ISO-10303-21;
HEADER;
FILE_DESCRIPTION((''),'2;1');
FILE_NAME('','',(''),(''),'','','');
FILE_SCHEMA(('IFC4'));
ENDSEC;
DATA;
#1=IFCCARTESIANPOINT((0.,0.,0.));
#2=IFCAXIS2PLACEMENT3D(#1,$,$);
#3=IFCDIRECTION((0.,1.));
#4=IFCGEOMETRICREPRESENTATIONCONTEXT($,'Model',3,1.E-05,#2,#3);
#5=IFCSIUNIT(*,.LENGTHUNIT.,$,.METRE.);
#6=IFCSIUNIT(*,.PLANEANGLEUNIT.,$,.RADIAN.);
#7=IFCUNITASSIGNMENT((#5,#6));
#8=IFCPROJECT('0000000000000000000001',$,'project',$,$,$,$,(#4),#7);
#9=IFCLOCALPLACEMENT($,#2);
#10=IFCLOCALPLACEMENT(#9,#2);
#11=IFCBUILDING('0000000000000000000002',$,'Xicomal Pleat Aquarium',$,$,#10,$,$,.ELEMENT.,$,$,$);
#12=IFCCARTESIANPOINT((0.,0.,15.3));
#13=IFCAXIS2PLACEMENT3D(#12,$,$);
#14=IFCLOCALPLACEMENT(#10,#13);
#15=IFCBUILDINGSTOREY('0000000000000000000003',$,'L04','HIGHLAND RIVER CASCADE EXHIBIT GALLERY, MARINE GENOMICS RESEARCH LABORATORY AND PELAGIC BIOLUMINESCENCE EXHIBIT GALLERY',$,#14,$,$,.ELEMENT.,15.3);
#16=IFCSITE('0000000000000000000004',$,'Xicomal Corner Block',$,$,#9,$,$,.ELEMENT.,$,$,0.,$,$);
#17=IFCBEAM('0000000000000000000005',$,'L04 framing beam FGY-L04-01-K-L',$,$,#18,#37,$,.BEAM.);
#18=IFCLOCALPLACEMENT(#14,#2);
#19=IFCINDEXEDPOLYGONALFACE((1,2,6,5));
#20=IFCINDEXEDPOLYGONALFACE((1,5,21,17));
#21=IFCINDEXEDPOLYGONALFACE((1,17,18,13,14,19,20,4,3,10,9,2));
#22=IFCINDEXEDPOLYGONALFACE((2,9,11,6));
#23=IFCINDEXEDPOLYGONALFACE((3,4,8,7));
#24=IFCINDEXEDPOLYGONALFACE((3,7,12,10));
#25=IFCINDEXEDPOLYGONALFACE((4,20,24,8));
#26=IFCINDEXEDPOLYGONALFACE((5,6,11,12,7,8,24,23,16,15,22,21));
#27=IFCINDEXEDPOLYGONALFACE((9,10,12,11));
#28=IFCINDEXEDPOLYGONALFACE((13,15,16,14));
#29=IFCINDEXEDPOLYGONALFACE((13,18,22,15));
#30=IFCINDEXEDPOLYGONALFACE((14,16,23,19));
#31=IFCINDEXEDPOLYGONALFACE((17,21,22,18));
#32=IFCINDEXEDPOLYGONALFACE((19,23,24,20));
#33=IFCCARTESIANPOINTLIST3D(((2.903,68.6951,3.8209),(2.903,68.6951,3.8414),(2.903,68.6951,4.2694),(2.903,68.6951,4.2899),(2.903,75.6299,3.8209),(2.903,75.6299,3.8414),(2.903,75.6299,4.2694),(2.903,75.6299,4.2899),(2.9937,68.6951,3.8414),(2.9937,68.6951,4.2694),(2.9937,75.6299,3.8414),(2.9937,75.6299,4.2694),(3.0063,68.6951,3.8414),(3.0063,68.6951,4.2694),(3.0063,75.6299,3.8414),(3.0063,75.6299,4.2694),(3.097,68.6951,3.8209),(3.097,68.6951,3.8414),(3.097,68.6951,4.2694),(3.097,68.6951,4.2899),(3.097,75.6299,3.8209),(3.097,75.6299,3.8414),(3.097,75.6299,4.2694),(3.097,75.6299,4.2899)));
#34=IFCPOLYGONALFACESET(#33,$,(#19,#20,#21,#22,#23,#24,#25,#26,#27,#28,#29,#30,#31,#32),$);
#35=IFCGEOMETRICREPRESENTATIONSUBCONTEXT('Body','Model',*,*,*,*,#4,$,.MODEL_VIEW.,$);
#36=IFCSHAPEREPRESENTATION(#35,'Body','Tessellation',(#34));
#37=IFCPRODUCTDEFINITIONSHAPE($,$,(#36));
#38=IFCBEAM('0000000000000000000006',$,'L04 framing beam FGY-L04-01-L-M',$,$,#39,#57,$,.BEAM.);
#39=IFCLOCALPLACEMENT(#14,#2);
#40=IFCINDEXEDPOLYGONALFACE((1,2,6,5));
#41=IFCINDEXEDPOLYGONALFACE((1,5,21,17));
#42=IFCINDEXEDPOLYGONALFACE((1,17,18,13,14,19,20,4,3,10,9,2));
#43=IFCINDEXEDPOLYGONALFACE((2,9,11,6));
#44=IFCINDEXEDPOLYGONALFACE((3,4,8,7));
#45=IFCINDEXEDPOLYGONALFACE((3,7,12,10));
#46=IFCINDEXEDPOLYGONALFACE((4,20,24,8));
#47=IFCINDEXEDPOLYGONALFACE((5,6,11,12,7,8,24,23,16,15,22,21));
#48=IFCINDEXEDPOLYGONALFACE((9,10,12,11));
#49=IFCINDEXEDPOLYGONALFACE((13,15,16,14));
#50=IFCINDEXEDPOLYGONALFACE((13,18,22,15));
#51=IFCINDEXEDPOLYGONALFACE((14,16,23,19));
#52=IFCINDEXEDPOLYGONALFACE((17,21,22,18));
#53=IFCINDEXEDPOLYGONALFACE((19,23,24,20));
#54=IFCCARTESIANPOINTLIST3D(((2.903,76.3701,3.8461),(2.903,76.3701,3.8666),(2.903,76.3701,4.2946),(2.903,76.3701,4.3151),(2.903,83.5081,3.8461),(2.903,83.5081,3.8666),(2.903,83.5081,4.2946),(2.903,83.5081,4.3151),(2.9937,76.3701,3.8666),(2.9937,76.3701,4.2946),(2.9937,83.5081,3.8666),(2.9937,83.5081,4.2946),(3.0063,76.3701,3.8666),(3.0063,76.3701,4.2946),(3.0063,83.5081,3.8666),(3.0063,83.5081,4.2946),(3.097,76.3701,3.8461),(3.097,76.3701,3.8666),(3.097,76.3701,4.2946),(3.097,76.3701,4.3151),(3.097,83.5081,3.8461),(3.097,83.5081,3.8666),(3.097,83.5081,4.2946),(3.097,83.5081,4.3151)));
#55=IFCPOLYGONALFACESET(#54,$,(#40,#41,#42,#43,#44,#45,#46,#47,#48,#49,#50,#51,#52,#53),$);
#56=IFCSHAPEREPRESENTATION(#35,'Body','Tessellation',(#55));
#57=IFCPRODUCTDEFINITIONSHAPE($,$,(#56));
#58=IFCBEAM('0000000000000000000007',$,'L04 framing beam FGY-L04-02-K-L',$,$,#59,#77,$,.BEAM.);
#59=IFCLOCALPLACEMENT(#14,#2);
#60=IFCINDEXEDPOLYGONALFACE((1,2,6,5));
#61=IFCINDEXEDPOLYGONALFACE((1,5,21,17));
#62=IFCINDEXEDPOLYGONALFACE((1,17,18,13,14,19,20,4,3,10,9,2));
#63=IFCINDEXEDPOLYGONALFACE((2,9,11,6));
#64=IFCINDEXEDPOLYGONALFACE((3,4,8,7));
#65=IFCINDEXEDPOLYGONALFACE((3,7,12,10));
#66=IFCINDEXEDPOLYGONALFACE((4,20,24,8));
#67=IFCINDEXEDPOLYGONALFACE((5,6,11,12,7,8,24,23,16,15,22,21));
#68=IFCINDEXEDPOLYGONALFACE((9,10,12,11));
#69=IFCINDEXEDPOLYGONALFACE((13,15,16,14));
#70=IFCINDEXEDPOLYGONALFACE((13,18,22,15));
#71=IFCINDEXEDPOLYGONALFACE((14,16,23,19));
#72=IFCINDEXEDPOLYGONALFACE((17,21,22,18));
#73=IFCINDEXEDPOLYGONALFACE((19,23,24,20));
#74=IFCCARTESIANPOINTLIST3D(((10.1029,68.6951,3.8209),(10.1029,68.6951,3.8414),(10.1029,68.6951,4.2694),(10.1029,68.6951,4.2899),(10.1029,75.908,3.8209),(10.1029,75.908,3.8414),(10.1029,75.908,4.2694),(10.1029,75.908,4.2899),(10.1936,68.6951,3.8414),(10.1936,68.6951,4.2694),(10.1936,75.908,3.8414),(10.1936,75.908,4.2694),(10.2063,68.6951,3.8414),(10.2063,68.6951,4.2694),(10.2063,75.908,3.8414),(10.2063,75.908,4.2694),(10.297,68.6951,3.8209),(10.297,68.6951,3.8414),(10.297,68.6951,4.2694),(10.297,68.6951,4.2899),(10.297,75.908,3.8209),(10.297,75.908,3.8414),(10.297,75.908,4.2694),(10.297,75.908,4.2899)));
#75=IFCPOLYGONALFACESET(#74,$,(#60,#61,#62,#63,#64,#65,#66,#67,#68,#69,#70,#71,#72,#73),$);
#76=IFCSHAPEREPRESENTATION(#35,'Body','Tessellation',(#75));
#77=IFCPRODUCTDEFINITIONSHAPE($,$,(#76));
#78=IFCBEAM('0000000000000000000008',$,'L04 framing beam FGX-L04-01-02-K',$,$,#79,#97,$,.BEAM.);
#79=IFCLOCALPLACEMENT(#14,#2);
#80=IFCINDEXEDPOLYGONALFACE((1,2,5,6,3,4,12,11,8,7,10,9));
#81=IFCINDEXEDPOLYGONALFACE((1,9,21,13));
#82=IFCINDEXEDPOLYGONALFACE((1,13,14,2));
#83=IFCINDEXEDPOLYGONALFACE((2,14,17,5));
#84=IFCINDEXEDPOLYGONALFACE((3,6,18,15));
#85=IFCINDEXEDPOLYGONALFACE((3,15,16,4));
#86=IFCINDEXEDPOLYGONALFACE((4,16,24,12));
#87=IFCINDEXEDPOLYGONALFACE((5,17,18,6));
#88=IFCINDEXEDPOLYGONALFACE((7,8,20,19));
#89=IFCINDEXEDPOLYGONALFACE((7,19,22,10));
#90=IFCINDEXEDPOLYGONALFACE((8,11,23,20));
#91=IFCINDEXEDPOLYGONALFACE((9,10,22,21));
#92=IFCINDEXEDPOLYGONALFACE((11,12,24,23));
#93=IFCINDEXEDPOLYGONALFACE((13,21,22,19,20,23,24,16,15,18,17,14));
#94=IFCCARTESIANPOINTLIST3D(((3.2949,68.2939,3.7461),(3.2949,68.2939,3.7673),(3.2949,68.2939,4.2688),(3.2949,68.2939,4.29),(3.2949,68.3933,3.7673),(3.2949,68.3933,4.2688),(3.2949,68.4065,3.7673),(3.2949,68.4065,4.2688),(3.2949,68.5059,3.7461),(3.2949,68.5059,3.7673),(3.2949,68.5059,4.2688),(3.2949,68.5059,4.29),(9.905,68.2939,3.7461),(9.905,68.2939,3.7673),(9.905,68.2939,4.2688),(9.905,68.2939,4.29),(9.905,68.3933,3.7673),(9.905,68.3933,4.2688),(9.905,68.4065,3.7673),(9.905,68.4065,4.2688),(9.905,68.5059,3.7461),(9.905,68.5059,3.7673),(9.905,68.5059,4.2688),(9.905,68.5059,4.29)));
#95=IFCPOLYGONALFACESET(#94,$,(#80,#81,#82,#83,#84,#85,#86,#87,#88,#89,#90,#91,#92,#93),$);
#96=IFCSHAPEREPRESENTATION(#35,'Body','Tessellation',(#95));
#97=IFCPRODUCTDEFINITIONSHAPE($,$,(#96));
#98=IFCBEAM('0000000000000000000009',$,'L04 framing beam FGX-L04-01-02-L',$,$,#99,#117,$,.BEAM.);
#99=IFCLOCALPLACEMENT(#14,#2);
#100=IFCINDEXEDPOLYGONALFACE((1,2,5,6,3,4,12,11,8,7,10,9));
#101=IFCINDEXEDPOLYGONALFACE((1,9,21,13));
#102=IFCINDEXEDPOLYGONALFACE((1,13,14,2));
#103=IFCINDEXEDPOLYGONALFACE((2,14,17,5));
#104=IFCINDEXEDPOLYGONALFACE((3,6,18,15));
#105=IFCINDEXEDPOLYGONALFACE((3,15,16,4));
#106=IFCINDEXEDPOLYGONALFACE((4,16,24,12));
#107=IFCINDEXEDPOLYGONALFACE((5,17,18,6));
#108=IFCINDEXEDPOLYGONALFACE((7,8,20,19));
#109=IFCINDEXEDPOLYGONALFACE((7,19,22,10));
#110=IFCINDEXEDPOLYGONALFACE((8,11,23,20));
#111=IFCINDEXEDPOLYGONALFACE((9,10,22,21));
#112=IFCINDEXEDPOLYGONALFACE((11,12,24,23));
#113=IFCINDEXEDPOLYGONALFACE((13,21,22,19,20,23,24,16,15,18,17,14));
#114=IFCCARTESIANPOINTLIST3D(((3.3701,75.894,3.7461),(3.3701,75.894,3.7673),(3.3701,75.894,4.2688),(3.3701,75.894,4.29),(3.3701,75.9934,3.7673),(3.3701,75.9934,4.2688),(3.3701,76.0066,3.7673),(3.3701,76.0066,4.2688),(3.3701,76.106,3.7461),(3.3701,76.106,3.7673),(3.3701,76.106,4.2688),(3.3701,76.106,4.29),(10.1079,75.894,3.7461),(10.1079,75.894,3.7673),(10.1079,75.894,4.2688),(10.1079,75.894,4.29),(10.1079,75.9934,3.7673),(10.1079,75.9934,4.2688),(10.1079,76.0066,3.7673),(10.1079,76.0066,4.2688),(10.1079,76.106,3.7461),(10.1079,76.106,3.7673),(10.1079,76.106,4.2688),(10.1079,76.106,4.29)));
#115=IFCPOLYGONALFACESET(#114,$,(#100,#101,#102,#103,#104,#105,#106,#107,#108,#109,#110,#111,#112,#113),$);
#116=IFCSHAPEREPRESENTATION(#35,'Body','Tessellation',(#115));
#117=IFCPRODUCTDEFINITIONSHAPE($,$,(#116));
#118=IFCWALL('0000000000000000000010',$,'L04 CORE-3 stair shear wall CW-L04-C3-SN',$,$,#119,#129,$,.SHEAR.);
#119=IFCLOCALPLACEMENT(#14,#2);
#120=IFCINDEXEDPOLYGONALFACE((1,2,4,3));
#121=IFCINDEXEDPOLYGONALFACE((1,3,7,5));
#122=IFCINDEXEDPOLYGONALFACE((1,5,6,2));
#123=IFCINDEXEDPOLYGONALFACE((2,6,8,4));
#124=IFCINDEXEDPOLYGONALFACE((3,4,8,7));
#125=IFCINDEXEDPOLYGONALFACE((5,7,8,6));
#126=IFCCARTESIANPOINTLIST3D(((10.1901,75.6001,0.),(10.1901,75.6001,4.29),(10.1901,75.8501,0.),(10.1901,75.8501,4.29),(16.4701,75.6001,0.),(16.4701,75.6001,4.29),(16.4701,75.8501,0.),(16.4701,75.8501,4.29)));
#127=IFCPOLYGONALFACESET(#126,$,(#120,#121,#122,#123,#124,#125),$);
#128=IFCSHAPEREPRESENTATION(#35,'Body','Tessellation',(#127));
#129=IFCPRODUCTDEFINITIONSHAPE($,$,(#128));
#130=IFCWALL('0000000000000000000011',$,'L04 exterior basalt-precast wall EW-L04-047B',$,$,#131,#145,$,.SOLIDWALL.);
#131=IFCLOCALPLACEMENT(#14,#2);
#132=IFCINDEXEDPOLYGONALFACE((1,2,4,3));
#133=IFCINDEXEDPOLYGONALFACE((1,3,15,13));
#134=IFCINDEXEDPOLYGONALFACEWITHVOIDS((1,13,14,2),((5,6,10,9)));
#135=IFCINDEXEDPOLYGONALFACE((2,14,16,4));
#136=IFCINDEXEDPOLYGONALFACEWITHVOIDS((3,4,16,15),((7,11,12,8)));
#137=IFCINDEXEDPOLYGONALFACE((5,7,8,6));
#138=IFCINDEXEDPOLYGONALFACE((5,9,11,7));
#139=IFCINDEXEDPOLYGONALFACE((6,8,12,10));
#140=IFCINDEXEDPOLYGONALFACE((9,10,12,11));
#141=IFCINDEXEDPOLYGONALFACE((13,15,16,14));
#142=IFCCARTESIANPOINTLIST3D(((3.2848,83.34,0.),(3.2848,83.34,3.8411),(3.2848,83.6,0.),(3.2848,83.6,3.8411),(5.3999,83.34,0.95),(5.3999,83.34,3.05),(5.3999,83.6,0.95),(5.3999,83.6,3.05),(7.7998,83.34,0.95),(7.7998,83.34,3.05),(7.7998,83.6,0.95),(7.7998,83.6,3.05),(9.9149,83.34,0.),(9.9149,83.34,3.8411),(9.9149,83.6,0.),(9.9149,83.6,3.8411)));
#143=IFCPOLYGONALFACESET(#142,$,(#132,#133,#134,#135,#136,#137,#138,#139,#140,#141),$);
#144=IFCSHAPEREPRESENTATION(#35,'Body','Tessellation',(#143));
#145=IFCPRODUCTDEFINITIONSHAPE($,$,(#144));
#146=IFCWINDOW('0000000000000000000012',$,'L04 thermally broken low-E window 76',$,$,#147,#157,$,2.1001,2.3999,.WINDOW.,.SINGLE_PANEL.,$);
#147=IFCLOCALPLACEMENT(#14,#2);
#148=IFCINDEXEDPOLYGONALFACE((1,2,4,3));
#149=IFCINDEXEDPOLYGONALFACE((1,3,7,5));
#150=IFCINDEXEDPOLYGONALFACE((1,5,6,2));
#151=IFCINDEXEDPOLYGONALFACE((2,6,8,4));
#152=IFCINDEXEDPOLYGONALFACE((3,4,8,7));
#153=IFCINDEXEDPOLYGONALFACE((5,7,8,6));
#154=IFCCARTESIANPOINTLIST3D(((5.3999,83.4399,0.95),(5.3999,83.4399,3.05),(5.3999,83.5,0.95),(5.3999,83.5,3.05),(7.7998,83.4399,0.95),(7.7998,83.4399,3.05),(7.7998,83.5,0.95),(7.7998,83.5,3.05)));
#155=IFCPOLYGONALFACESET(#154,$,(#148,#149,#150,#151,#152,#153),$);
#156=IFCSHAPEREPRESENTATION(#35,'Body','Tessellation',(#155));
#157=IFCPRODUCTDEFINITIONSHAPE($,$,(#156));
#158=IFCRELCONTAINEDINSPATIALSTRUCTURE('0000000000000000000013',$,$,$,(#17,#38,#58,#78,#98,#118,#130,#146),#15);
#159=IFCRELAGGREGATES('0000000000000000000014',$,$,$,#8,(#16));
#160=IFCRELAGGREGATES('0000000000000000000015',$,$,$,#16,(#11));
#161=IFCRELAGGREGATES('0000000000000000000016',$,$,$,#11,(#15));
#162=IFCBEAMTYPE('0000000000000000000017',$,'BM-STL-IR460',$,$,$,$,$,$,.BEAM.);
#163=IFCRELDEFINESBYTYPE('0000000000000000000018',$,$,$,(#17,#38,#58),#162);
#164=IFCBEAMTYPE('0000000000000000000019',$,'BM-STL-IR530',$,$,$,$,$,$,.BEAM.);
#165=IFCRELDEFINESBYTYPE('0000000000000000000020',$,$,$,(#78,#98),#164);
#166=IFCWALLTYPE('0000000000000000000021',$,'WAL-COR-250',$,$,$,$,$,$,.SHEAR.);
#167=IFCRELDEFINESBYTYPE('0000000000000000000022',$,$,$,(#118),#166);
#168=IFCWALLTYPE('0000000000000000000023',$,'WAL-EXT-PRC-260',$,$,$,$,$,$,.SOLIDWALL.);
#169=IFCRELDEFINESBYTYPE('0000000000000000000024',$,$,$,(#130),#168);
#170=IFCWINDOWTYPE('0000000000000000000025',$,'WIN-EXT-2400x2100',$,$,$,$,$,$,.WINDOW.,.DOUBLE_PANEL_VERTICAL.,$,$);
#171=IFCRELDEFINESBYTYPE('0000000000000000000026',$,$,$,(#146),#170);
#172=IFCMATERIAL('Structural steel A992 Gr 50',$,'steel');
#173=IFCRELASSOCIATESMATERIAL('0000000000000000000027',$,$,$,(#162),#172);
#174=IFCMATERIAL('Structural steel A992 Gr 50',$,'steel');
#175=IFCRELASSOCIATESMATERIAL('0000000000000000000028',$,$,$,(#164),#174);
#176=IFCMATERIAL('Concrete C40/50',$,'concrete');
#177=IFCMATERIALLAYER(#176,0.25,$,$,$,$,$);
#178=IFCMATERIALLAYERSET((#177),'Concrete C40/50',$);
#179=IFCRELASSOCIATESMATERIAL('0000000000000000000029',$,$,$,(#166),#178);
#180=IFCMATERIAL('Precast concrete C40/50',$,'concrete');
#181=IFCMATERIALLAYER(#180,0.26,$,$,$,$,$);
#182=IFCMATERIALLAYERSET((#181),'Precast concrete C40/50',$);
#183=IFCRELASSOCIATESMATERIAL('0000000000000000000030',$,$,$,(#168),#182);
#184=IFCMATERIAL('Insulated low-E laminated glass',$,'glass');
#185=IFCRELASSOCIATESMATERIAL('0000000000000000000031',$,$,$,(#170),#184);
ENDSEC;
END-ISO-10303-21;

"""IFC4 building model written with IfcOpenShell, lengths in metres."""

from ifc_helpers import new_model, si_unit, direction, frame, frame_2d, origin, origin_2d, place, context, subcontext, project, spatial, rectangle, i_section, extrude, material, layer, layer_set, material_profile, profile_set, type_object, element, fill, save


model = new_model("IFC4")

# Units and contexts
model_context = context("Model", 3, precision=1e-05, world=origin(), true_north=direction((0.0, 1.0)))
body_context = subcontext(model_context, "Body", "Model", "MODEL_VIEW")
ifc_project = project(units=[si_unit("LENGTHUNIT", "METRE"), si_unit("PLANEANGLEUNIT", "RADIAN")], contexts=[model_context])

# Site, building, storey
site_placement = place(None, origin())
site = spatial("IfcSite", under=ifc_project, at=site_placement, Name="Xicomal Corner Block", CompositionType="ELEMENT", RefElevation=0.0)
building_placement = place(site_placement, origin())
building = spatial("IfcBuilding", under=site, at=building_placement, Name="Xicomal Pleat Aquarium", CompositionType="ELEMENT")
storey_placement = place(building_placement, frame((0.0, 0.0, 15.3)))
storey = spatial("IfcBuildingStorey", under=building, at=storey_placement, Name="L04", Description="HIGHLAND RIVER CASCADE EXHIBIT GALLERY, MARINE GENOMICS RESEARCH LABORATORY AND PELAGIC BIOLUMINESCENCE EXHIBIT GALLERY", CompositionType="ELEMENT", Elevation=15.3)

# Beams
ifc_material_1 = material(Name="Structural steel A992 Gr 50", Category="steel")
ifc_material_profile_1 = material_profile(ifc_material_1, i_section(OverallWidth=0.1941, OverallDepth=0.469, WebThickness=0.0127, FlangeThickness=0.0205, at=origin_2d()), Name="IR 460x106")
ifc_profile_set_1 = profile_set([ifc_material_profile_1], Name="Structural steel A992 Gr 50")
beam_type_1 = type_object("IfcBeamType", Name="BM-STL-IR460", PredefinedType="BEAM", material=ifc_profile_set_1)
beam_1_placement = place(storey_placement, frame((3.0, 68.6951, 4.0554), z_axis=(0.0, 1.0, 0.0), x_axis=(-1.0, 0.0, 0.0)))
element("IfcBeam", 1, at=beam_1_placement, inside=storey, type_object=beam_type_1, Name="L04 framing beam FGY-L04-01-K-L", PredefinedType="BEAM", context=body_context, shape_type="SweptSolid", body=[
    extrude(i_section(OverallWidth=0.1941, OverallDepth=0.469, WebThickness=0.0127, FlangeThickness=0.0205, at=origin_2d()), origin(), (0.0, 0.0, 1.0), 6.9348),
])
beam_2_placement = place(storey_placement, frame((3.0, 76.3701, 4.0806), z_axis=(0.0, 1.0, 0.0), x_axis=(-1.0, 0.0, 0.0)))
element("IfcBeam", 2, at=beam_2_placement, inside=storey, type_object=beam_type_1, Name="L04 framing beam FGY-L04-01-L-M", PredefinedType="BEAM", context=body_context, shape_type="SweptSolid", body=[
    extrude(i_section(OverallWidth=0.1941, OverallDepth=0.469, WebThickness=0.0127, FlangeThickness=0.0205, at=origin_2d()), origin(), (0.0, 0.0, 1.0), 7.1379),
])
beam_3_placement = place(storey_placement, frame((10.2, 68.6951, 4.0554), z_axis=(0.0, 1.0, 0.0), x_axis=(-1.0, 0.0, 0.0)))
element("IfcBeam", 3, at=beam_3_placement, inside=storey, type_object=beam_type_1, Name="L04 framing beam FGY-L04-02-K-L", PredefinedType="BEAM", context=body_context, shape_type="SweptSolid", body=[
    extrude(i_section(OverallWidth=0.1941, OverallDepth=0.469, WebThickness=0.0127, FlangeThickness=0.0205, at=origin_2d()), origin(), (0.0, 0.0, 1.0), 7.2129),
])
ifc_material_2 = material(Name="Structural steel A992 Gr 50", Category="steel")
ifc_material_profile_2 = material_profile(ifc_material_2, i_section(OverallWidth=0.2119, OverallDepth=0.5439, WebThickness=0.0132, FlangeThickness=0.0212, at=origin_2d()), Name="IR 530x123")
ifc_profile_set_2 = profile_set([ifc_material_profile_2], Name="Structural steel A992 Gr 50")
beam_type_2 = type_object("IfcBeamType", Name="BM-STL-IR530", PredefinedType="BEAM", material=ifc_profile_set_2)
beam_4_placement = place(storey_placement, frame((3.2949, 68.3999, 4.0181), z_axis=(1.0, 0.0, 0.0), x_axis=(0.0, 1.0, 0.0)))
element("IfcBeam", 4, at=beam_4_placement, inside=storey, type_object=beam_type_2, Name="L04 framing beam FGX-L04-01-02-K", PredefinedType="BEAM", context=body_context, shape_type="SweptSolid", body=[
    extrude(i_section(OverallWidth=0.2119, OverallDepth=0.5439, WebThickness=0.0132, FlangeThickness=0.0212, at=origin_2d()), origin(), (0.0, 0.0, 1.0), 6.6101),
])
beam_5_placement = place(storey_placement, frame((3.3701, 76.0, 4.0181), z_axis=(1.0, 0.0, 0.0), x_axis=(0.0, 1.0, 0.0)))
element("IfcBeam", 5, at=beam_5_placement, inside=storey, type_object=beam_type_2, Name="L04 framing beam FGX-L04-01-02-L", PredefinedType="BEAM", context=body_context, shape_type="SweptSolid", body=[
    extrude(i_section(OverallWidth=0.2119, OverallDepth=0.5439, WebThickness=0.0132, FlangeThickness=0.0212, at=origin_2d()), origin(), (0.0, 0.0, 1.0), 6.7378),
])

# Wall
ifc_material_3 = material(Name="Concrete C40/50", Category="concrete")
ifc_layer_1 = layer(ifc_material_3, 0.25)
ifc_layer_set_1 = layer_set([ifc_layer_1], Name="Concrete C40/50")
wall_type_1 = type_object("IfcWallType", Name="WAL-COR-250", PredefinedType="SHEAR", material=ifc_layer_set_1)
wall_1_placement = place(storey_placement, frame((10.1899, 75.7251, 0.0), z_axis=(0.0, 0.0, 1.0), x_axis=(1.0, 0.0, 0.0)))
element("IfcWall", 6, at=wall_1_placement, inside=storey, type_object=wall_type_1, Name="L04 CORE-3 stair shear wall CW-L04-C3-SN", PredefinedType="SHEAR", context=body_context, shape_type="SweptSolid", body=[
    extrude(rectangle(XDim=6.28, YDim=0.25, at=frame_2d((3.1401, 0.0))), origin(), (0.0, 0.0, 1.0), 4.29),
])

# Wall, opening, window
ifc_material_4 = material(Name="Precast concrete C40/50", Category="concrete")
ifc_layer_2 = layer(ifc_material_4, 0.26)
ifc_layer_set_2 = layer_set([ifc_layer_2], Name="Precast concrete C40/50")
wall_type_2 = type_object("IfcWallType", Name="WAL-EXT-PRC-260", PredefinedType="SOLIDWALL", material=ifc_layer_set_2)
wall_2_placement = place(storey_placement, frame((3.2849, 83.47, 0.0), z_axis=(0.0, 0.0, 1.0), x_axis=(1.0, 0.0, 0.0)))
wall_2 = element("IfcWall", 7, at=wall_2_placement, inside=storey, type_object=wall_type_2, Name="L04 exterior basalt-precast wall EW-L04-047B", PredefinedType="SOLIDWALL", context=body_context, shape_type="SweptSolid", body=[
    extrude(rectangle(XDim=6.6301, YDim=0.26, at=frame_2d((3.3149, 0.0))), origin(), (0.0, 0.0, 1.0), 3.8411),
])
opening_1_placement = place(wall_2_placement, frame((2.115, 0.0, 0.95)))
opening_1 = element("IfcOpeningElement", 8, at=opening_1_placement, cuts=wall_2, PredefinedType="OPENING", context=body_context, shape_type="SweptSolid", body=[
    extrude(rectangle(XDim=2.3999, YDim=2.1001, at=frame_2d((1.2, 1.05))), frame((0.0, 0.1399, 0.0), z_axis=(0.0, -1.0, 0.0), x_axis=(1.0, 0.0, 0.0)), (0.0, 0.0, 1.0), 0.28),
])
ifc_material_5 = material(Name="Insulated low-E laminated glass", Category="glass")
window_type_1 = type_object("IfcWindowType", Name="WIN-EXT-2400x2100", PartitioningType="DOUBLE_PANEL_VERTICAL", PredefinedType="WINDOW", material=ifc_material_5)
window_1_placement = place(opening_1_placement, origin())
window_1 = element("IfcWindow", 9, at=window_1_placement, inside=storey, type_object=window_type_1, Name="L04 thermally broken low-E window 76", OverallHeight=2.1001, OverallWidth=2.3999, PartitioningType="SINGLE_PANEL", PredefinedType="WINDOW", context=body_context, shape_type="SweptSolid", body=[
    extrude(rectangle(XDim=2.3999, YDim=2.1001, at=frame_2d((1.2, 1.05))), frame((0.0, 0.03, 0.0), z_axis=(0.0, -1.0, 0.0), x_axis=(1.0, 0.0, 0.0)), (0.0, 0.0, 1.0), 0.0601),
])
fill(opening_1, window_1)

save(model, "model.ifc")
